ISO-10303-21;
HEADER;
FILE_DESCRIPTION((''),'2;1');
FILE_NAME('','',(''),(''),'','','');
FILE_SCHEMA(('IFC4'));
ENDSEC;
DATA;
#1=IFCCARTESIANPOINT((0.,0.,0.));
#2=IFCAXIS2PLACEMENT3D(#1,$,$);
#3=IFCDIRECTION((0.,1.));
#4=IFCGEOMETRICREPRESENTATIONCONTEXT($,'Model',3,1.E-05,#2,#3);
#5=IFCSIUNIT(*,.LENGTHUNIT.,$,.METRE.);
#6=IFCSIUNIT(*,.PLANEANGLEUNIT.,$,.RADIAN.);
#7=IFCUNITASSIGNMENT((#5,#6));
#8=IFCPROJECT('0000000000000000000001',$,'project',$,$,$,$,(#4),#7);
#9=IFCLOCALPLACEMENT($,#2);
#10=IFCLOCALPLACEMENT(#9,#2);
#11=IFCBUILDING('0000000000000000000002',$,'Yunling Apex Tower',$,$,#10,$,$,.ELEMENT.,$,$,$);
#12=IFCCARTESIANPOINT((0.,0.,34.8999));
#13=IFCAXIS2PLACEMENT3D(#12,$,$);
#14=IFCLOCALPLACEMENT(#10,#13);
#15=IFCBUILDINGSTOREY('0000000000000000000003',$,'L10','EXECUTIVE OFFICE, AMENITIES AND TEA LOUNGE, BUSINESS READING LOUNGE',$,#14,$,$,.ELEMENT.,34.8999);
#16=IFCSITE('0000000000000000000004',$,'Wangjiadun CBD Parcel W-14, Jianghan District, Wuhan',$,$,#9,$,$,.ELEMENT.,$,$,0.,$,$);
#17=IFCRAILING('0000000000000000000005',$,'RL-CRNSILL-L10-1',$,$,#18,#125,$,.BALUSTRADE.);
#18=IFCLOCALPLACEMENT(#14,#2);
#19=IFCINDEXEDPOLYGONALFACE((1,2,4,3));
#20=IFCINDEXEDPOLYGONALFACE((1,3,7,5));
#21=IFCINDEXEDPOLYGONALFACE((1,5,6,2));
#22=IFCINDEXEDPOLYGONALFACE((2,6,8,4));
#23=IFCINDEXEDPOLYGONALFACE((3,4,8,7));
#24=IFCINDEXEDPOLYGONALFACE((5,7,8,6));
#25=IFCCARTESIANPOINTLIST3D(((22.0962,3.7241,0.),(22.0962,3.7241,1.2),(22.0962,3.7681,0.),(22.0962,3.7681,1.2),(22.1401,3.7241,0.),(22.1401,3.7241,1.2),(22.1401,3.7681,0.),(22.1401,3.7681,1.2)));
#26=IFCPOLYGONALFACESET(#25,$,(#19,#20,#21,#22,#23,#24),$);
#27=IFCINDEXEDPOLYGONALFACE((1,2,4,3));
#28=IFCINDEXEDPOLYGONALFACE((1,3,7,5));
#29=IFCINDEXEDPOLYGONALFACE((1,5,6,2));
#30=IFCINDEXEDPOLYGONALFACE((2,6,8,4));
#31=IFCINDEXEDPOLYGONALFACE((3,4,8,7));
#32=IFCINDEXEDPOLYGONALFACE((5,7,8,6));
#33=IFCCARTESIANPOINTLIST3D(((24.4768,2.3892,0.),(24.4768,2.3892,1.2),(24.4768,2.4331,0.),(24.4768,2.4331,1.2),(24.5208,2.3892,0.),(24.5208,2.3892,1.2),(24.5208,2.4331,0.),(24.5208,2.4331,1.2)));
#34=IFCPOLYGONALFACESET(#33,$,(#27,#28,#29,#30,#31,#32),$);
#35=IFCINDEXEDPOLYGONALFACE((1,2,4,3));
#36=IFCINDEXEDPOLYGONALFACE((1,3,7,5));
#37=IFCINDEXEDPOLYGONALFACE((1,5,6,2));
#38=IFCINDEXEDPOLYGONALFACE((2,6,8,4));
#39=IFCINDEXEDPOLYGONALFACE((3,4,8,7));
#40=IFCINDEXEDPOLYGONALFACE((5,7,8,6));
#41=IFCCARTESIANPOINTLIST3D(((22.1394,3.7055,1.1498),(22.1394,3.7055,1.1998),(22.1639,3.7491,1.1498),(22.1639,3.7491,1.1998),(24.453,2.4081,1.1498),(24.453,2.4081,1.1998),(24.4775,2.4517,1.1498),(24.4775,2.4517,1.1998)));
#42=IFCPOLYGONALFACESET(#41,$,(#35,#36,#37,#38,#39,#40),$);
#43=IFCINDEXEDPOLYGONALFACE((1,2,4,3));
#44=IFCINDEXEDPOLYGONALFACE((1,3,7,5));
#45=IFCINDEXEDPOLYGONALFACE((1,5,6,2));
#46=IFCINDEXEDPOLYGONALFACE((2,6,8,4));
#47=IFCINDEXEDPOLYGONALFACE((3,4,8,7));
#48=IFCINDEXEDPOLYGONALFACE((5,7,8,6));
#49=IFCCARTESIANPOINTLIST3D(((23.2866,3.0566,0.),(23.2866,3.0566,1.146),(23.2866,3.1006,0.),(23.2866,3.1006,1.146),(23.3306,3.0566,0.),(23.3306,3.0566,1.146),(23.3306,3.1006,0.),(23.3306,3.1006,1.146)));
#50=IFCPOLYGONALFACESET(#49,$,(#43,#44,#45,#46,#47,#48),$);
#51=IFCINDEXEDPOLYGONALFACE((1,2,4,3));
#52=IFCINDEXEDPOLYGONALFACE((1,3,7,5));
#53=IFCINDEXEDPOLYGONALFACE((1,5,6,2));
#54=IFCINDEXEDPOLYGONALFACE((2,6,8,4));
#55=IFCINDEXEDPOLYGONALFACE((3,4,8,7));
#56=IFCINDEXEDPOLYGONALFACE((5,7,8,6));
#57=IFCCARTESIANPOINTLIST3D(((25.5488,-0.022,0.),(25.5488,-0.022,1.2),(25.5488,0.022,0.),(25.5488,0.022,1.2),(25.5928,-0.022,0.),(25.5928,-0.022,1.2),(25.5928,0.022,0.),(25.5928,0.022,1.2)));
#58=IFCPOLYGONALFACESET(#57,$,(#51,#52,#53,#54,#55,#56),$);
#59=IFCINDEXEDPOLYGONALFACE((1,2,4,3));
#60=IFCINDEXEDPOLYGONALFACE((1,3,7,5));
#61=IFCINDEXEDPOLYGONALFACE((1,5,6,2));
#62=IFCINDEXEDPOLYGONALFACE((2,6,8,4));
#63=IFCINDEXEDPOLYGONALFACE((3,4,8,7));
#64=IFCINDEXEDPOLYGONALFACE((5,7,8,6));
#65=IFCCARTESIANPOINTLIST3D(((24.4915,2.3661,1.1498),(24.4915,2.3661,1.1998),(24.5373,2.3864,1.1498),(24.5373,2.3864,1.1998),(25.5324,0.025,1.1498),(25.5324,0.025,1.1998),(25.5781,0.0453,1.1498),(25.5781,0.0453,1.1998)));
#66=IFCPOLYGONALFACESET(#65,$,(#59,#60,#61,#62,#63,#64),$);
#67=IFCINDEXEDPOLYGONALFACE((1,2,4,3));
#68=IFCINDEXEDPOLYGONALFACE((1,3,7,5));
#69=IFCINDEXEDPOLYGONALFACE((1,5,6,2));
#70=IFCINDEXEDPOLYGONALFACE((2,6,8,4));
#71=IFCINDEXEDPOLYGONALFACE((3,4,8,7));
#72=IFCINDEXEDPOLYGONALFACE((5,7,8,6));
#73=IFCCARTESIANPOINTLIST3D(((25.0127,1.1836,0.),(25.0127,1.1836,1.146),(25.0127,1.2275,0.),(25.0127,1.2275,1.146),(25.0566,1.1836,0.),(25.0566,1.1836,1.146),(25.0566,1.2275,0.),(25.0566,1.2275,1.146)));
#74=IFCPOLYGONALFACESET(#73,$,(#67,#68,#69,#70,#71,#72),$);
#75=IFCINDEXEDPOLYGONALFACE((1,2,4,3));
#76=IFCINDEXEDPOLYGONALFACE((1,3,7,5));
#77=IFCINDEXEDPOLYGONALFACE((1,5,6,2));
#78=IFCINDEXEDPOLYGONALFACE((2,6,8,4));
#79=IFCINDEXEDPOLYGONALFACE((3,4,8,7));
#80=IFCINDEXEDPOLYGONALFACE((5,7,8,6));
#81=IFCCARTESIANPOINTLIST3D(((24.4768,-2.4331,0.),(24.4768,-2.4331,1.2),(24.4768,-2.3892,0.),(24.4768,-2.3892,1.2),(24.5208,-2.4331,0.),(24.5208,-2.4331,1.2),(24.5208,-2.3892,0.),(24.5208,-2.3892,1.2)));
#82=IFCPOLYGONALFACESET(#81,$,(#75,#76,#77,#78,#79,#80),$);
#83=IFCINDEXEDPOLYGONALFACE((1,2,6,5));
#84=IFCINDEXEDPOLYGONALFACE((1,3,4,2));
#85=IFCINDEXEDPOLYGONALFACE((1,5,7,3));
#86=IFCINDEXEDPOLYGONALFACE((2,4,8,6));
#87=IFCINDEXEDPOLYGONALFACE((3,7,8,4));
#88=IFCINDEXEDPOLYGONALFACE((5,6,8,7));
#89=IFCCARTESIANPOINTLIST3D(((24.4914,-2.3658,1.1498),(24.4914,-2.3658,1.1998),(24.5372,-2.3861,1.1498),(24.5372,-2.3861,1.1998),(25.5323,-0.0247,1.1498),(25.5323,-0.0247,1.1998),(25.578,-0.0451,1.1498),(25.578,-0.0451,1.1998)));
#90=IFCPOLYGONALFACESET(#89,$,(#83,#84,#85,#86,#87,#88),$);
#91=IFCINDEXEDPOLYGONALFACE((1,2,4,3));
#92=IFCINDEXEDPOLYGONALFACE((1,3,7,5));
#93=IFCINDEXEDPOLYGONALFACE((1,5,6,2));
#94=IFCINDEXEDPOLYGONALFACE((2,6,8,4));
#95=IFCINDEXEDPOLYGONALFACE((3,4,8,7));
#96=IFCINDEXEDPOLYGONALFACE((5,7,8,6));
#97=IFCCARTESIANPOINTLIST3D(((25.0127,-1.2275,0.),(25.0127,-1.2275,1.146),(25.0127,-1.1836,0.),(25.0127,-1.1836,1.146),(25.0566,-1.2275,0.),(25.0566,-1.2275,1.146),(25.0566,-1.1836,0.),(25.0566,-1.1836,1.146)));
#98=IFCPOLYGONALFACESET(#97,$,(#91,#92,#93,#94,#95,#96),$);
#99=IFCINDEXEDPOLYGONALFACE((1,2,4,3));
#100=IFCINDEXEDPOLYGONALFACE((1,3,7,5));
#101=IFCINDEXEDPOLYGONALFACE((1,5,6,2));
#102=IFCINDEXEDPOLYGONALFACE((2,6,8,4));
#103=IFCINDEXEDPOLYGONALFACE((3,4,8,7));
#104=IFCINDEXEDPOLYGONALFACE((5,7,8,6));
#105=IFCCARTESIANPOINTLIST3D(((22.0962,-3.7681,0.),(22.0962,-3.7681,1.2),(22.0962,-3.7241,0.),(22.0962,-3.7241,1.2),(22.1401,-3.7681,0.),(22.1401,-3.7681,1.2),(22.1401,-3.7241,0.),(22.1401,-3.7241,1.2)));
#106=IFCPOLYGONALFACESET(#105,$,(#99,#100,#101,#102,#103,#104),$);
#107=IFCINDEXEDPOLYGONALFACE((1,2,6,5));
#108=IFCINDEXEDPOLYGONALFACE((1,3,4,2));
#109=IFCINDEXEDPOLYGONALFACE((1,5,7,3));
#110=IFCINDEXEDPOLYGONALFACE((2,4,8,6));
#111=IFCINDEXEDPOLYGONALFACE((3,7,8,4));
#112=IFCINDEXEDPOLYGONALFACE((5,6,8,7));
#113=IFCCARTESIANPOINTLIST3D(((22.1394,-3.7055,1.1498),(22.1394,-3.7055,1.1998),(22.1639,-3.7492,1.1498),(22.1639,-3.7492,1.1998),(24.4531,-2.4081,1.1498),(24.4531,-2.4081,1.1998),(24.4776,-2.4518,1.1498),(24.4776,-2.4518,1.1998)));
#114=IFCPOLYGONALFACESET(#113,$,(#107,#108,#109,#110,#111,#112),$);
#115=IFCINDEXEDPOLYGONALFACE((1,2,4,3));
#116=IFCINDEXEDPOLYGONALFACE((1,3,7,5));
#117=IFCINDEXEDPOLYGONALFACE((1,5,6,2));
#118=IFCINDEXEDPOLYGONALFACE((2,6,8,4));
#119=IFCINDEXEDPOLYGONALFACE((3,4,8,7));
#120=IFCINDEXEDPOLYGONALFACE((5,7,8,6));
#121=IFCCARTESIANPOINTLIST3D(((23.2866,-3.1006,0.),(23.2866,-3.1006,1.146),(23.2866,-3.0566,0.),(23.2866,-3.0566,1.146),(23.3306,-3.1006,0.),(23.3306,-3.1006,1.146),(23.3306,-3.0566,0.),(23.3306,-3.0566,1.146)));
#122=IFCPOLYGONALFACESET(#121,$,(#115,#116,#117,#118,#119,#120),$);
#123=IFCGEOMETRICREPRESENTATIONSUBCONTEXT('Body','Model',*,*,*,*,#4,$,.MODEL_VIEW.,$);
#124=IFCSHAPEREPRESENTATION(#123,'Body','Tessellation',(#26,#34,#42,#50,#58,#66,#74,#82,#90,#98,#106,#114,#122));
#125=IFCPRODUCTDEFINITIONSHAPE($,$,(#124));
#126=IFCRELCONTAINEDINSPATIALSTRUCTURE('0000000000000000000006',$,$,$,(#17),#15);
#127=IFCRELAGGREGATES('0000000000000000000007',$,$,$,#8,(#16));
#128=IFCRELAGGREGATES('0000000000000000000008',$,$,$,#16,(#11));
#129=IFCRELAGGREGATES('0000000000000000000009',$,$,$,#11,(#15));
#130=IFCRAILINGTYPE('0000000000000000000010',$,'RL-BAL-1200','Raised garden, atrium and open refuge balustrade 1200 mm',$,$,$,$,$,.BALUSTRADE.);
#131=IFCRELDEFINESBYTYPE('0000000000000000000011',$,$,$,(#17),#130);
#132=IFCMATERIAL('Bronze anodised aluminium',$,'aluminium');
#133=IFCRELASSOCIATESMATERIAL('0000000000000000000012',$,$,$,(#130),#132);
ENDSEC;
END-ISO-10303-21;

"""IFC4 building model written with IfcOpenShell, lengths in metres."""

from ifc_helpers import new_model, si_unit, direction, frame, origin, origin_2d, place, context, subcontext, project, spatial, rectangle, extrude, material, type_object, element, save


model = new_model("IFC4")

# Units and contexts
model_context = context("Model", 3, precision=1e-05, world=origin(), true_north=direction((0.0, 1.0)))
body_context = subcontext(model_context, "Body", "Model", "MODEL_VIEW")
ifc_project = project(units=[si_unit("LENGTHUNIT", "METRE"), si_unit("PLANEANGLEUNIT", "RADIAN")], contexts=[model_context])

# Site, building, storey
site_placement = place(None, origin())
site = spatial("IfcSite", under=ifc_project, at=site_placement, Name="Wangjiadun CBD Parcel W-14, Jianghan District, Wuhan", CompositionType="ELEMENT", RefElevation=0.0)
building_placement = place(site_placement, origin())
building = spatial("IfcBuilding", under=site, at=building_placement, Name="Yunling Apex Tower", CompositionType="ELEMENT")
storey_placement = place(building_placement, frame((0.0, 0.0, 34.8999)))
storey = spatial("IfcBuildingStorey", under=building, at=storey_placement, Name="L10", Description="EXECUTIVE OFFICE, AMENITIES AND TEA LOUNGE, BUSINESS READING LOUNGE", CompositionType="ELEMENT", Elevation=34.8999)

# Shared definitions
ifc_material_1 = material(Name="Bronze anodised aluminium", Category="aluminium")

# Railing
railing_type = type_object("IfcRailingType", Name="RL-BAL-1200", Description="Raised garden, atrium and open refuge balustrade 1200 mm", PredefinedType="BALUSTRADE", material=ifc_material_1)
railing_placement = place(storey_placement, frame((22.1182, 3.7461, 0.0)))
element("IfcRailing", 1, at=railing_placement, inside=storey, type_object=railing_type, Name="RL-CRNSILL-L10-1", PredefinedType="BALUSTRADE", context=body_context, shape_type="SweptSolid", body=[
    extrude(rectangle(XDim=0.0439, YDim=0.0439, at=origin_2d()), origin(), (0.0, 0.0, 1.0), 1.2),
    extrude(rectangle(XDim=0.0439, YDim=0.0439, at=origin_2d()), frame((2.3806, -1.335, 0.0)), (0.0, 0.0, 1.0), 1.2),
    extrude(rectangle(XDim=0.05, YDim=0.05, at=origin_2d()), frame((0.0334, -0.0188, 1.1748), z_axis=(0.872222, -0.48911, 0.0), x_axis=(0.48911, 0.872222, 0.0)), (0.0, 0.0, 1.0), 2.6526),
    extrude(rectangle(XDim=0.0439, YDim=0.0439, at=origin_2d()), frame((1.1904, -0.6675, 0.0)), (0.0, 0.0, 1.0), 1.146),
    extrude(rectangle(XDim=0.0439, YDim=0.0439, at=origin_2d()), frame((3.4526, -3.7461, 0.0)), (0.0, 0.0, 1.0), 1.2),
    extrude(rectangle(XDim=0.05, YDim=0.05, at=origin_2d()), frame((2.3962, -1.3699, 1.1748), z_axis=(0.406267, -0.913754, 0.0), x_axis=(0.913754, 0.406267, 0.0)), (0.0, 0.0, 1.0), 2.562),
    extrude(rectangle(XDim=0.0439, YDim=0.0439, at=origin_2d()), frame((2.9165, -2.5405, 0.0)), (0.0, 0.0, 1.0), 1.146),
    extrude(rectangle(XDim=0.0439, YDim=0.0439, at=origin_2d()), frame((2.3806, -6.1572, 0.0)), (0.0, 0.0, 1.0), 1.2),
    extrude(rectangle(XDim=0.05, YDim=0.05, at=origin_2d()), frame((3.437, -3.781, 1.1748), z_axis=(-0.406267, -0.913754, 0.0), x_axis=(0.913754, -0.406267, 0.0)), (0.0, 0.0, 1.0), 2.562),
    extrude(rectangle(XDim=0.0439, YDim=0.0439, at=origin_2d()), frame((2.9165, -4.9517, 0.0)), (0.0, 0.0, 1.0), 1.146),
    extrude(rectangle(XDim=0.0439, YDim=0.0439, at=origin_2d()), frame((0.0, -7.4922, 0.0)), (0.0, 0.0, 1.0), 1.2),
    extrude(rectangle(XDim=0.05, YDim=0.05, at=origin_2d()), frame((2.3472, -6.176, 1.1748), z_axis=(-0.872222, -0.48911, 0.0), x_axis=(0.48911, -0.872222, 0.0)), (0.0, 0.0, 1.0), 2.6526),
    extrude(rectangle(XDim=0.0439, YDim=0.0439, at=origin_2d()), frame((1.1904, -6.8247, 0.0)), (0.0, 0.0, 1.0), 1.146),
])

save(model, "model.ifc")
